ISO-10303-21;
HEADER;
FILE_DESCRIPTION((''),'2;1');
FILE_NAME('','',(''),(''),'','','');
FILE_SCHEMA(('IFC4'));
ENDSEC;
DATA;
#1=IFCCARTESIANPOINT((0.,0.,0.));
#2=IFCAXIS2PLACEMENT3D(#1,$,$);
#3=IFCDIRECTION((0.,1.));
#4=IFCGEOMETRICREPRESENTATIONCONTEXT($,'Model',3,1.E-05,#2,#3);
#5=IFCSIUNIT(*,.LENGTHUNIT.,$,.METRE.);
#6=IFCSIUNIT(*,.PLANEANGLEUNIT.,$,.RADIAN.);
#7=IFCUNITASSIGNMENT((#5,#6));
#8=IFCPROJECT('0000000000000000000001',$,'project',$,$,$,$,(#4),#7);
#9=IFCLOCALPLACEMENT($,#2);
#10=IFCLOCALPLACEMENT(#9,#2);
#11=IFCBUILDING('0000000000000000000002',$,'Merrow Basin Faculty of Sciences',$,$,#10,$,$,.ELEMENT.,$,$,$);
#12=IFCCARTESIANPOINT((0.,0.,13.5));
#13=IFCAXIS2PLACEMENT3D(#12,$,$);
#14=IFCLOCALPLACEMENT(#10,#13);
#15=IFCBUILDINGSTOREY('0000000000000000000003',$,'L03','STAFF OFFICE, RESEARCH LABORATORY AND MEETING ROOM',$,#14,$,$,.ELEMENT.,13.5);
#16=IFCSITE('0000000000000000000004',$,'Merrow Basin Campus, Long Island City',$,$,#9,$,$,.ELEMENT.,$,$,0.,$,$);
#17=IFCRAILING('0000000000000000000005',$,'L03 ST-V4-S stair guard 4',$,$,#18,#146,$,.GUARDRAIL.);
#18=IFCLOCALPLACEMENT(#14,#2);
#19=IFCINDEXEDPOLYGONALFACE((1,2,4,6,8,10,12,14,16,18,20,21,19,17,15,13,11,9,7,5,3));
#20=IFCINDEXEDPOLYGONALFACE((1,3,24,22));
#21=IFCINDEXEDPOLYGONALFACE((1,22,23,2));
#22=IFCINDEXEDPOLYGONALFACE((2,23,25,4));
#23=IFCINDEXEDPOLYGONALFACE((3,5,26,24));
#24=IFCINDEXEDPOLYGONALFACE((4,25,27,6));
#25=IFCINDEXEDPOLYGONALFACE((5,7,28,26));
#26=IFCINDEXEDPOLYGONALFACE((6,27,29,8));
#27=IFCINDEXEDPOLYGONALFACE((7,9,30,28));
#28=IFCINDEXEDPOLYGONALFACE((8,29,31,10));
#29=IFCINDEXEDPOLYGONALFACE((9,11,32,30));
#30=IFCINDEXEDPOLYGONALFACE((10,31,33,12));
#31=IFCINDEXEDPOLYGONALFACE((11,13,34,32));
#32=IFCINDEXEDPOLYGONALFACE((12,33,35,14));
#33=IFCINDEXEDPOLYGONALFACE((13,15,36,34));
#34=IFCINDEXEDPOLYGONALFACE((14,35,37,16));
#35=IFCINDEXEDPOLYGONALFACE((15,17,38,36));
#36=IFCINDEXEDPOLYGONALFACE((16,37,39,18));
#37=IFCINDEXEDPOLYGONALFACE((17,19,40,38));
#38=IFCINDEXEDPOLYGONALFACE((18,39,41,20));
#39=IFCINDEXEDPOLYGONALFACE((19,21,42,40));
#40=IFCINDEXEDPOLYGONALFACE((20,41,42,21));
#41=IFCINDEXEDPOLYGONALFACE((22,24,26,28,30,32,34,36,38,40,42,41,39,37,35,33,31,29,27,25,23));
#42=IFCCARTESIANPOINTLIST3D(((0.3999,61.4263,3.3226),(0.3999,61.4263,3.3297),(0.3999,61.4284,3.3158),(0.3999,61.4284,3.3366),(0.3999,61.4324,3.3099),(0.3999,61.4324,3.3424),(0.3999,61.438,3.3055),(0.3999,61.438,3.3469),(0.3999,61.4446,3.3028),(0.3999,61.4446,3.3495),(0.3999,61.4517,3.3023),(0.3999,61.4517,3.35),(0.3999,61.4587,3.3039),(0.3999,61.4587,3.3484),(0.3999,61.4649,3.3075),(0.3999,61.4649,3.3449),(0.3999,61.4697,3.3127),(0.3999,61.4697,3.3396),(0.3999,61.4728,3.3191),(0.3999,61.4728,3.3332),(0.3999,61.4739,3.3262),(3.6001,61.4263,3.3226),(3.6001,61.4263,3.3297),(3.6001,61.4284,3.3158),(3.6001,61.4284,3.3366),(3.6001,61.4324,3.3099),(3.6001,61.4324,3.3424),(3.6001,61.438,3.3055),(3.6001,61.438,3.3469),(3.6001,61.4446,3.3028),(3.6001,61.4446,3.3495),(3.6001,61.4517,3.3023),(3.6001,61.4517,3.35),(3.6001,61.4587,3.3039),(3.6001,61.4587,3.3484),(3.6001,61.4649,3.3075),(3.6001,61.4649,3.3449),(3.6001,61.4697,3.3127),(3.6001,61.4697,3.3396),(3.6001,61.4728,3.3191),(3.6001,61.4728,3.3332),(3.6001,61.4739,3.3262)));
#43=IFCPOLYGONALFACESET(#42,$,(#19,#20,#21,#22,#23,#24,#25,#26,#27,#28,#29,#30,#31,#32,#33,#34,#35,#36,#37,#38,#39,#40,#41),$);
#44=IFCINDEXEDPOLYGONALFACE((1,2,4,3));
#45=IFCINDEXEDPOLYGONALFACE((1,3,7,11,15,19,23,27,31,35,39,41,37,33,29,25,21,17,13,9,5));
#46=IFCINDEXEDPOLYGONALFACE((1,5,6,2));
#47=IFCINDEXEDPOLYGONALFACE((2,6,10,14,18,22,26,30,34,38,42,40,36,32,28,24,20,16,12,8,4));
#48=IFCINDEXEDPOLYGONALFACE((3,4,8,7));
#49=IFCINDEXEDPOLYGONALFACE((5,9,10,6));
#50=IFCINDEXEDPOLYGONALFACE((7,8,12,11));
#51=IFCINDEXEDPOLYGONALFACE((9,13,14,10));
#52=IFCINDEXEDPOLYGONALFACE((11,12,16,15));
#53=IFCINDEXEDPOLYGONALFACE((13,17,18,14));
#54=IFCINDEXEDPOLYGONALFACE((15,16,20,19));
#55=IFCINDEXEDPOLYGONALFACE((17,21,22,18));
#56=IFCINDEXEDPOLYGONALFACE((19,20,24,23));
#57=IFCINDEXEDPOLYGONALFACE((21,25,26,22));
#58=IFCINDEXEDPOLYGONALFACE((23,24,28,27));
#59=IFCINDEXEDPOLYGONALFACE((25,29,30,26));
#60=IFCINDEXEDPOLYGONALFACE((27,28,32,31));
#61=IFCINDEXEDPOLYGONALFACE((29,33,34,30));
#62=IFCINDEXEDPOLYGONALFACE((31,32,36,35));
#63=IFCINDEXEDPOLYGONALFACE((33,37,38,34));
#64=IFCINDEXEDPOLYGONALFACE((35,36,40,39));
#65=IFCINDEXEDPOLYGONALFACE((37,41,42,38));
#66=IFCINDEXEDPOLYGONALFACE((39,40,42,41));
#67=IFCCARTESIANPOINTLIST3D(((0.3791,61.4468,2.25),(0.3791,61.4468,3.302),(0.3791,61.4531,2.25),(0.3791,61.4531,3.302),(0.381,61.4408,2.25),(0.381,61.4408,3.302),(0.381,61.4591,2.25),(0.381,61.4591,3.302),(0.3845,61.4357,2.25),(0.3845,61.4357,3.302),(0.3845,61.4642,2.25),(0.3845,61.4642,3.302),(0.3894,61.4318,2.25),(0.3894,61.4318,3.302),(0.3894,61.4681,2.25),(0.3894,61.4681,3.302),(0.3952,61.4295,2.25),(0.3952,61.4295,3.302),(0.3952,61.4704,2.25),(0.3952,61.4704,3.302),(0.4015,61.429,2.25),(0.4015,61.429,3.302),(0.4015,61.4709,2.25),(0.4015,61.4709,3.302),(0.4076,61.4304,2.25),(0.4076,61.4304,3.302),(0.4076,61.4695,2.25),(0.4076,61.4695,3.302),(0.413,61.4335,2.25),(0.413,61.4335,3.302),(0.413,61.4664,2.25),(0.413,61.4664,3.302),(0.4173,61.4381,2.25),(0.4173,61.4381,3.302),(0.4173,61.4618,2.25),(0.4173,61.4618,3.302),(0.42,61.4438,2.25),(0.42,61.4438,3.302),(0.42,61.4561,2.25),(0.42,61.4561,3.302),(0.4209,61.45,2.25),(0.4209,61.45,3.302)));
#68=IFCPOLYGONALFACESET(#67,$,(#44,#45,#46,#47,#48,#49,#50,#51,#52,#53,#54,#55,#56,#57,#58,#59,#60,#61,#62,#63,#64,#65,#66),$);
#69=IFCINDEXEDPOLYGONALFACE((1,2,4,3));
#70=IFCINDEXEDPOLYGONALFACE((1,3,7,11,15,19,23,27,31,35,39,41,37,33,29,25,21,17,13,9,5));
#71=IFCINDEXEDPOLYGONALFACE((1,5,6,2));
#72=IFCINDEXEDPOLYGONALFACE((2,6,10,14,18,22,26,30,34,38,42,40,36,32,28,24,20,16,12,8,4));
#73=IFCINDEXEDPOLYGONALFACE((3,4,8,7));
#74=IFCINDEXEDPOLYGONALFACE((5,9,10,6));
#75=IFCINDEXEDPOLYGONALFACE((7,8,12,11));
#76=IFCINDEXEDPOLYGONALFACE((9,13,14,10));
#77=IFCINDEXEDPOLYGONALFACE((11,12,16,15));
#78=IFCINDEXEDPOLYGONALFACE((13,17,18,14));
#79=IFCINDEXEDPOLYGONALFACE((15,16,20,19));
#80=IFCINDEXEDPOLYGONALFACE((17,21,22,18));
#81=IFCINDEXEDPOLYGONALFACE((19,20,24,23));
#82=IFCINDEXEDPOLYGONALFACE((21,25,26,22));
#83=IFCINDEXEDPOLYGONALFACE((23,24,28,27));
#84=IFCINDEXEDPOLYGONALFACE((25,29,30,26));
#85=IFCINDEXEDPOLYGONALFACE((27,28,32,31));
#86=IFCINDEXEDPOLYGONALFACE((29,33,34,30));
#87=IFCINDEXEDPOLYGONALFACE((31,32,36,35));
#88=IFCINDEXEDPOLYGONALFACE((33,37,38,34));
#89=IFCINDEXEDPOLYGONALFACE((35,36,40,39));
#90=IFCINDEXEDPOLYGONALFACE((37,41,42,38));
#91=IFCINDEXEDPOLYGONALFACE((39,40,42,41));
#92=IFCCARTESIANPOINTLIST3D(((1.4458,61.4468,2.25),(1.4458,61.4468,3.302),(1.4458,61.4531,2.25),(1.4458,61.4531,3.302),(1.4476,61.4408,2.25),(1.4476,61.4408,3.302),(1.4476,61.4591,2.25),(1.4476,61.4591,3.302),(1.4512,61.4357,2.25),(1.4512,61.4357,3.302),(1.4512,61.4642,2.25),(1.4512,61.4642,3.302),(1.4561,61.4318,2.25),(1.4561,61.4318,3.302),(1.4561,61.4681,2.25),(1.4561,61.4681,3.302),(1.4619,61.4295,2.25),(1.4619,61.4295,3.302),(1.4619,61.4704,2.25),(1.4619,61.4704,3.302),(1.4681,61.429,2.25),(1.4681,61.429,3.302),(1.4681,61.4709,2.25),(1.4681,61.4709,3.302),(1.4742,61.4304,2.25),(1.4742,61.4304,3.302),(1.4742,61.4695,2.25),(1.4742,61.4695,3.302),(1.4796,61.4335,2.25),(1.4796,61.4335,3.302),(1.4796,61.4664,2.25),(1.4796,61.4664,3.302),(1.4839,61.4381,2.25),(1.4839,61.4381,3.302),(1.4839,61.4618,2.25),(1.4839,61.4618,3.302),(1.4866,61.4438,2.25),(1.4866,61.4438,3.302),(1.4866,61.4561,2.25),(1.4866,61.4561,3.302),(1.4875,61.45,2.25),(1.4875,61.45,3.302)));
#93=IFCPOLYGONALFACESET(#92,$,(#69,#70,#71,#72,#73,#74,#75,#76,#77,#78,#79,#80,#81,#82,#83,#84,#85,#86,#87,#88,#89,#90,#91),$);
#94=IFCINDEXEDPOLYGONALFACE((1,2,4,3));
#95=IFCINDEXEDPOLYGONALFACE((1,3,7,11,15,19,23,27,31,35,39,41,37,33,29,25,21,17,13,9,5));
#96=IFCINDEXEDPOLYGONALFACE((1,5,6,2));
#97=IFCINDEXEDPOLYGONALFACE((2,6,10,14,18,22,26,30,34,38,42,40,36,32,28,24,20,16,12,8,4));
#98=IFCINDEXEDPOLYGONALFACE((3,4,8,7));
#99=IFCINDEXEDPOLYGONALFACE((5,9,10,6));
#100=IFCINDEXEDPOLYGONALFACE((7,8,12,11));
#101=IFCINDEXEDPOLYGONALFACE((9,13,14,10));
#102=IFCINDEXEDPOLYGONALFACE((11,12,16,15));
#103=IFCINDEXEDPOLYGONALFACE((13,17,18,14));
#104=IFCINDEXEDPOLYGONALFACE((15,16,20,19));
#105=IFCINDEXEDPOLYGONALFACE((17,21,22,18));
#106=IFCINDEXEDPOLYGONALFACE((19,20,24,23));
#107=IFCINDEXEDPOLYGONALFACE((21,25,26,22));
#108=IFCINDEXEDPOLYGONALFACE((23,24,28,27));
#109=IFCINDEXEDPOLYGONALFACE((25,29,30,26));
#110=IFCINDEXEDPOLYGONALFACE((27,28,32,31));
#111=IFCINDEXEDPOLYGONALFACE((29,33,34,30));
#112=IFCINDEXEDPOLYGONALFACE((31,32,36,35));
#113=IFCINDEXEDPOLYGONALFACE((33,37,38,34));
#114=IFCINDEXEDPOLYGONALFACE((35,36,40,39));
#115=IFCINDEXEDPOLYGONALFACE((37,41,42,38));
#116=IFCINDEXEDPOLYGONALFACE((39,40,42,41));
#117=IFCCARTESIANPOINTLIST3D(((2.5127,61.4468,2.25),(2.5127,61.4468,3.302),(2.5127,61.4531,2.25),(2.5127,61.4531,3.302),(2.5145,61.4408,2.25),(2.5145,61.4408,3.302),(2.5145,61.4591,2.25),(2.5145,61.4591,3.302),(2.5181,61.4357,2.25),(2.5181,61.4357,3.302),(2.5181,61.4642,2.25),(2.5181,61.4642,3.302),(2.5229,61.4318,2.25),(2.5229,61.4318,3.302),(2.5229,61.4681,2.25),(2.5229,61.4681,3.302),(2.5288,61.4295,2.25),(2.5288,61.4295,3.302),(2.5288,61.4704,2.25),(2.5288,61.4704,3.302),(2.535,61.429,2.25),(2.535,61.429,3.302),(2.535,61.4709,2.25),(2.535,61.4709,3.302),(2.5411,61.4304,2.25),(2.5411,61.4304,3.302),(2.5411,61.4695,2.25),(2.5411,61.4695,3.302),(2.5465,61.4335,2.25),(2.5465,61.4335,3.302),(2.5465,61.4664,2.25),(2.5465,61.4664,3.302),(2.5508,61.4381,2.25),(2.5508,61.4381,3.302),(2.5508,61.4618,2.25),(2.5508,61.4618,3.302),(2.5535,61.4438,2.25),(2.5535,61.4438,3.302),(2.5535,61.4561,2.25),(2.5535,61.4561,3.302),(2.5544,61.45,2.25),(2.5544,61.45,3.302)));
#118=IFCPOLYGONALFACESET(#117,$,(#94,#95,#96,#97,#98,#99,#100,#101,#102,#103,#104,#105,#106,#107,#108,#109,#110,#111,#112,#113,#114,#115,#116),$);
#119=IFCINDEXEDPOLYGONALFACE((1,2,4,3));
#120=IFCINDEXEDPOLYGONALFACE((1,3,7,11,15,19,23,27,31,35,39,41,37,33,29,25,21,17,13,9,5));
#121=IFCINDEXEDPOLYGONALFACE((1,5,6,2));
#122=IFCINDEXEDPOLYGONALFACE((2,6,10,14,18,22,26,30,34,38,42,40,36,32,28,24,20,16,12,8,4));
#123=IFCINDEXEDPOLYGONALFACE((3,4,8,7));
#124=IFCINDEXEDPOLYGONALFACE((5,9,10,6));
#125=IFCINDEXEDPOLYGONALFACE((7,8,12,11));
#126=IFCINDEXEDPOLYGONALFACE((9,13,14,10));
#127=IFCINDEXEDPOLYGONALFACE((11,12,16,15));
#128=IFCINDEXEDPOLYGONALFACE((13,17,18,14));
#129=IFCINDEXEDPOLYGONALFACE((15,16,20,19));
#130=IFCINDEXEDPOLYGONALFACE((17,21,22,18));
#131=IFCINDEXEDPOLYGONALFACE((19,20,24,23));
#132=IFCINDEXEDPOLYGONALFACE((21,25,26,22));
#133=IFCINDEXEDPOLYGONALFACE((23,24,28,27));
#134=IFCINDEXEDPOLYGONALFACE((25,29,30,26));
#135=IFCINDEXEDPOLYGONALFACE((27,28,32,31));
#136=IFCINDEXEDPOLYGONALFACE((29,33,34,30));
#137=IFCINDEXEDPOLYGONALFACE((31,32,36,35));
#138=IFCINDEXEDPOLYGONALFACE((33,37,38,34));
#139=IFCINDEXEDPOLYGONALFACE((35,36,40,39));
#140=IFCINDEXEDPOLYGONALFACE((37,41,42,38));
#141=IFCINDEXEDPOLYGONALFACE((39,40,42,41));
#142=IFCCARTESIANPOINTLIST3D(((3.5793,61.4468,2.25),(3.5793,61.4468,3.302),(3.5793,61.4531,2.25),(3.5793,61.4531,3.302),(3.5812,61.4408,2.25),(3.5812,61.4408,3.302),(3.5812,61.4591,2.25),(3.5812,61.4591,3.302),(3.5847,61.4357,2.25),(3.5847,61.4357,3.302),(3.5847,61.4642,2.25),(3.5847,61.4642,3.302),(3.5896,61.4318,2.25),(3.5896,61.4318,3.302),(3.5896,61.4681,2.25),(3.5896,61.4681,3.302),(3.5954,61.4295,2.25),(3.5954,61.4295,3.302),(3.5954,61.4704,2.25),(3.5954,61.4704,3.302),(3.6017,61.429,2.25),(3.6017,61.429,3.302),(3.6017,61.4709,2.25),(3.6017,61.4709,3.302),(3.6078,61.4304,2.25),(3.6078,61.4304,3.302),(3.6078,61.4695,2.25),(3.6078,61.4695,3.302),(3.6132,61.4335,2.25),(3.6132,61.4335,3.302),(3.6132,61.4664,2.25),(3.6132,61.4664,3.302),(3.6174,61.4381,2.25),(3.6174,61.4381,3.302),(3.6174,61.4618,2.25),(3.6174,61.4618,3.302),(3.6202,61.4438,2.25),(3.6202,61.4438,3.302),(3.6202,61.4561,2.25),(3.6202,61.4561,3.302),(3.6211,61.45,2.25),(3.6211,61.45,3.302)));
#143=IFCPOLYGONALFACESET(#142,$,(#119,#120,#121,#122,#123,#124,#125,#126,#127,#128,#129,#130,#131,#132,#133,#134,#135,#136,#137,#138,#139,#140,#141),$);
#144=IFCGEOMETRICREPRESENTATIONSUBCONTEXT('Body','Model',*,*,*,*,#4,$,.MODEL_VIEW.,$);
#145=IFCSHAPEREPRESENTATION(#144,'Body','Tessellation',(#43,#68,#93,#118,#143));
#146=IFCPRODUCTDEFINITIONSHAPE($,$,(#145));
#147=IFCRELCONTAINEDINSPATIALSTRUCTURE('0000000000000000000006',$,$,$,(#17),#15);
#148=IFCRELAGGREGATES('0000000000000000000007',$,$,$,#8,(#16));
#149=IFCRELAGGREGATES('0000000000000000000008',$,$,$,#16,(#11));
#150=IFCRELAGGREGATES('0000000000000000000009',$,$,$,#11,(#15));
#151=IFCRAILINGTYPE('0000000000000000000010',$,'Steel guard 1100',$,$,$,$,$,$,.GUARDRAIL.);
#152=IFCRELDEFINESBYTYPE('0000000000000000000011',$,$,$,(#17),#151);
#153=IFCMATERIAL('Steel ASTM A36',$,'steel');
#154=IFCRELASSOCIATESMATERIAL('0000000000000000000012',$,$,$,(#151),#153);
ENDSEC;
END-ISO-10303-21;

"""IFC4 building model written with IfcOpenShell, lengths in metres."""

from ifc_helpers import new_model, si_unit, direction, frame, origin, origin_2d, place, context, subcontext, project, spatial, circle, extrude, material, type_object, element, save


model = new_model("IFC4")

# Units and contexts
model_context = context("Model", 3, precision=1e-05, world=origin(), true_north=direction((0.0, 1.0)))
body_context = subcontext(model_context, "Body", "Model", "MODEL_VIEW")
ifc_project = project(units=[si_unit("LENGTHUNIT", "METRE"), si_unit("PLANEANGLEUNIT", "RADIAN")], contexts=[model_context])

# Site, building, storey
site_placement = place(None, origin())
site = spatial("IfcSite", under=ifc_project, at=site_placement, Name="Merrow Basin Campus, Long Island City", CompositionType="ELEMENT", RefElevation=0.0)
building_placement = place(site_placement, origin())
building = spatial("IfcBuilding", under=site, at=building_placement, Name="Merrow Basin Faculty of Sciences", CompositionType="ELEMENT")
storey_placement = place(building_placement, frame((0.0, 0.0, 13.5)))
storey = spatial("IfcBuildingStorey", under=building, at=storey_placement, Name="L03", Description="STAFF OFFICE, RESEARCH LABORATORY AND MEETING ROOM", CompositionType="ELEMENT", Elevation=13.5)

# Railing
ifc_material_1 = material(Name="Steel ASTM A36", Category="steel")
railing_type = type_object("IfcRailingType", Name="Steel guard 1100", PredefinedType="GUARDRAIL", material=ifc_material_1)
railing_1_placement = place(storey_placement, frame((0.3999, 61.45, 2.25)))
element("IfcRailing", 1, at=railing_1_placement, inside=storey, type_object=railing_type, Name="L03 ST-V4-S stair guard 4", PredefinedType="GUARDRAIL", context=body_context, shape_type="SweptSolid", body=[
    extrude(circle(Radius=0.0239, at=origin_2d()), frame((0.0, 0.0, 1.0762), z_axis=(1.0, 0.0, 0.0), x_axis=(0.0, 1.0, 0.0)), (0.0, 0.0, 1.0), 3.2002),
    extrude(circle(Radius=0.021, at=origin_2d()), origin(), (0.0, 0.0, 1.0), 1.052),
    extrude(circle(Radius=0.021, at=origin_2d()), frame((1.0667, 0.0, 0.0)), (0.0, 0.0, 1.0), 1.052),
    extrude(circle(Radius=0.021, at=origin_2d()), frame((2.1335, 0.0, 0.0)), (0.0, 0.0, 1.0), 1.052),
    extrude(circle(Radius=0.021, at=origin_2d()), frame((3.2002, 0.0, 0.0)), (0.0, 0.0, 1.0), 1.052),
])

save(model, "model.ifc")
